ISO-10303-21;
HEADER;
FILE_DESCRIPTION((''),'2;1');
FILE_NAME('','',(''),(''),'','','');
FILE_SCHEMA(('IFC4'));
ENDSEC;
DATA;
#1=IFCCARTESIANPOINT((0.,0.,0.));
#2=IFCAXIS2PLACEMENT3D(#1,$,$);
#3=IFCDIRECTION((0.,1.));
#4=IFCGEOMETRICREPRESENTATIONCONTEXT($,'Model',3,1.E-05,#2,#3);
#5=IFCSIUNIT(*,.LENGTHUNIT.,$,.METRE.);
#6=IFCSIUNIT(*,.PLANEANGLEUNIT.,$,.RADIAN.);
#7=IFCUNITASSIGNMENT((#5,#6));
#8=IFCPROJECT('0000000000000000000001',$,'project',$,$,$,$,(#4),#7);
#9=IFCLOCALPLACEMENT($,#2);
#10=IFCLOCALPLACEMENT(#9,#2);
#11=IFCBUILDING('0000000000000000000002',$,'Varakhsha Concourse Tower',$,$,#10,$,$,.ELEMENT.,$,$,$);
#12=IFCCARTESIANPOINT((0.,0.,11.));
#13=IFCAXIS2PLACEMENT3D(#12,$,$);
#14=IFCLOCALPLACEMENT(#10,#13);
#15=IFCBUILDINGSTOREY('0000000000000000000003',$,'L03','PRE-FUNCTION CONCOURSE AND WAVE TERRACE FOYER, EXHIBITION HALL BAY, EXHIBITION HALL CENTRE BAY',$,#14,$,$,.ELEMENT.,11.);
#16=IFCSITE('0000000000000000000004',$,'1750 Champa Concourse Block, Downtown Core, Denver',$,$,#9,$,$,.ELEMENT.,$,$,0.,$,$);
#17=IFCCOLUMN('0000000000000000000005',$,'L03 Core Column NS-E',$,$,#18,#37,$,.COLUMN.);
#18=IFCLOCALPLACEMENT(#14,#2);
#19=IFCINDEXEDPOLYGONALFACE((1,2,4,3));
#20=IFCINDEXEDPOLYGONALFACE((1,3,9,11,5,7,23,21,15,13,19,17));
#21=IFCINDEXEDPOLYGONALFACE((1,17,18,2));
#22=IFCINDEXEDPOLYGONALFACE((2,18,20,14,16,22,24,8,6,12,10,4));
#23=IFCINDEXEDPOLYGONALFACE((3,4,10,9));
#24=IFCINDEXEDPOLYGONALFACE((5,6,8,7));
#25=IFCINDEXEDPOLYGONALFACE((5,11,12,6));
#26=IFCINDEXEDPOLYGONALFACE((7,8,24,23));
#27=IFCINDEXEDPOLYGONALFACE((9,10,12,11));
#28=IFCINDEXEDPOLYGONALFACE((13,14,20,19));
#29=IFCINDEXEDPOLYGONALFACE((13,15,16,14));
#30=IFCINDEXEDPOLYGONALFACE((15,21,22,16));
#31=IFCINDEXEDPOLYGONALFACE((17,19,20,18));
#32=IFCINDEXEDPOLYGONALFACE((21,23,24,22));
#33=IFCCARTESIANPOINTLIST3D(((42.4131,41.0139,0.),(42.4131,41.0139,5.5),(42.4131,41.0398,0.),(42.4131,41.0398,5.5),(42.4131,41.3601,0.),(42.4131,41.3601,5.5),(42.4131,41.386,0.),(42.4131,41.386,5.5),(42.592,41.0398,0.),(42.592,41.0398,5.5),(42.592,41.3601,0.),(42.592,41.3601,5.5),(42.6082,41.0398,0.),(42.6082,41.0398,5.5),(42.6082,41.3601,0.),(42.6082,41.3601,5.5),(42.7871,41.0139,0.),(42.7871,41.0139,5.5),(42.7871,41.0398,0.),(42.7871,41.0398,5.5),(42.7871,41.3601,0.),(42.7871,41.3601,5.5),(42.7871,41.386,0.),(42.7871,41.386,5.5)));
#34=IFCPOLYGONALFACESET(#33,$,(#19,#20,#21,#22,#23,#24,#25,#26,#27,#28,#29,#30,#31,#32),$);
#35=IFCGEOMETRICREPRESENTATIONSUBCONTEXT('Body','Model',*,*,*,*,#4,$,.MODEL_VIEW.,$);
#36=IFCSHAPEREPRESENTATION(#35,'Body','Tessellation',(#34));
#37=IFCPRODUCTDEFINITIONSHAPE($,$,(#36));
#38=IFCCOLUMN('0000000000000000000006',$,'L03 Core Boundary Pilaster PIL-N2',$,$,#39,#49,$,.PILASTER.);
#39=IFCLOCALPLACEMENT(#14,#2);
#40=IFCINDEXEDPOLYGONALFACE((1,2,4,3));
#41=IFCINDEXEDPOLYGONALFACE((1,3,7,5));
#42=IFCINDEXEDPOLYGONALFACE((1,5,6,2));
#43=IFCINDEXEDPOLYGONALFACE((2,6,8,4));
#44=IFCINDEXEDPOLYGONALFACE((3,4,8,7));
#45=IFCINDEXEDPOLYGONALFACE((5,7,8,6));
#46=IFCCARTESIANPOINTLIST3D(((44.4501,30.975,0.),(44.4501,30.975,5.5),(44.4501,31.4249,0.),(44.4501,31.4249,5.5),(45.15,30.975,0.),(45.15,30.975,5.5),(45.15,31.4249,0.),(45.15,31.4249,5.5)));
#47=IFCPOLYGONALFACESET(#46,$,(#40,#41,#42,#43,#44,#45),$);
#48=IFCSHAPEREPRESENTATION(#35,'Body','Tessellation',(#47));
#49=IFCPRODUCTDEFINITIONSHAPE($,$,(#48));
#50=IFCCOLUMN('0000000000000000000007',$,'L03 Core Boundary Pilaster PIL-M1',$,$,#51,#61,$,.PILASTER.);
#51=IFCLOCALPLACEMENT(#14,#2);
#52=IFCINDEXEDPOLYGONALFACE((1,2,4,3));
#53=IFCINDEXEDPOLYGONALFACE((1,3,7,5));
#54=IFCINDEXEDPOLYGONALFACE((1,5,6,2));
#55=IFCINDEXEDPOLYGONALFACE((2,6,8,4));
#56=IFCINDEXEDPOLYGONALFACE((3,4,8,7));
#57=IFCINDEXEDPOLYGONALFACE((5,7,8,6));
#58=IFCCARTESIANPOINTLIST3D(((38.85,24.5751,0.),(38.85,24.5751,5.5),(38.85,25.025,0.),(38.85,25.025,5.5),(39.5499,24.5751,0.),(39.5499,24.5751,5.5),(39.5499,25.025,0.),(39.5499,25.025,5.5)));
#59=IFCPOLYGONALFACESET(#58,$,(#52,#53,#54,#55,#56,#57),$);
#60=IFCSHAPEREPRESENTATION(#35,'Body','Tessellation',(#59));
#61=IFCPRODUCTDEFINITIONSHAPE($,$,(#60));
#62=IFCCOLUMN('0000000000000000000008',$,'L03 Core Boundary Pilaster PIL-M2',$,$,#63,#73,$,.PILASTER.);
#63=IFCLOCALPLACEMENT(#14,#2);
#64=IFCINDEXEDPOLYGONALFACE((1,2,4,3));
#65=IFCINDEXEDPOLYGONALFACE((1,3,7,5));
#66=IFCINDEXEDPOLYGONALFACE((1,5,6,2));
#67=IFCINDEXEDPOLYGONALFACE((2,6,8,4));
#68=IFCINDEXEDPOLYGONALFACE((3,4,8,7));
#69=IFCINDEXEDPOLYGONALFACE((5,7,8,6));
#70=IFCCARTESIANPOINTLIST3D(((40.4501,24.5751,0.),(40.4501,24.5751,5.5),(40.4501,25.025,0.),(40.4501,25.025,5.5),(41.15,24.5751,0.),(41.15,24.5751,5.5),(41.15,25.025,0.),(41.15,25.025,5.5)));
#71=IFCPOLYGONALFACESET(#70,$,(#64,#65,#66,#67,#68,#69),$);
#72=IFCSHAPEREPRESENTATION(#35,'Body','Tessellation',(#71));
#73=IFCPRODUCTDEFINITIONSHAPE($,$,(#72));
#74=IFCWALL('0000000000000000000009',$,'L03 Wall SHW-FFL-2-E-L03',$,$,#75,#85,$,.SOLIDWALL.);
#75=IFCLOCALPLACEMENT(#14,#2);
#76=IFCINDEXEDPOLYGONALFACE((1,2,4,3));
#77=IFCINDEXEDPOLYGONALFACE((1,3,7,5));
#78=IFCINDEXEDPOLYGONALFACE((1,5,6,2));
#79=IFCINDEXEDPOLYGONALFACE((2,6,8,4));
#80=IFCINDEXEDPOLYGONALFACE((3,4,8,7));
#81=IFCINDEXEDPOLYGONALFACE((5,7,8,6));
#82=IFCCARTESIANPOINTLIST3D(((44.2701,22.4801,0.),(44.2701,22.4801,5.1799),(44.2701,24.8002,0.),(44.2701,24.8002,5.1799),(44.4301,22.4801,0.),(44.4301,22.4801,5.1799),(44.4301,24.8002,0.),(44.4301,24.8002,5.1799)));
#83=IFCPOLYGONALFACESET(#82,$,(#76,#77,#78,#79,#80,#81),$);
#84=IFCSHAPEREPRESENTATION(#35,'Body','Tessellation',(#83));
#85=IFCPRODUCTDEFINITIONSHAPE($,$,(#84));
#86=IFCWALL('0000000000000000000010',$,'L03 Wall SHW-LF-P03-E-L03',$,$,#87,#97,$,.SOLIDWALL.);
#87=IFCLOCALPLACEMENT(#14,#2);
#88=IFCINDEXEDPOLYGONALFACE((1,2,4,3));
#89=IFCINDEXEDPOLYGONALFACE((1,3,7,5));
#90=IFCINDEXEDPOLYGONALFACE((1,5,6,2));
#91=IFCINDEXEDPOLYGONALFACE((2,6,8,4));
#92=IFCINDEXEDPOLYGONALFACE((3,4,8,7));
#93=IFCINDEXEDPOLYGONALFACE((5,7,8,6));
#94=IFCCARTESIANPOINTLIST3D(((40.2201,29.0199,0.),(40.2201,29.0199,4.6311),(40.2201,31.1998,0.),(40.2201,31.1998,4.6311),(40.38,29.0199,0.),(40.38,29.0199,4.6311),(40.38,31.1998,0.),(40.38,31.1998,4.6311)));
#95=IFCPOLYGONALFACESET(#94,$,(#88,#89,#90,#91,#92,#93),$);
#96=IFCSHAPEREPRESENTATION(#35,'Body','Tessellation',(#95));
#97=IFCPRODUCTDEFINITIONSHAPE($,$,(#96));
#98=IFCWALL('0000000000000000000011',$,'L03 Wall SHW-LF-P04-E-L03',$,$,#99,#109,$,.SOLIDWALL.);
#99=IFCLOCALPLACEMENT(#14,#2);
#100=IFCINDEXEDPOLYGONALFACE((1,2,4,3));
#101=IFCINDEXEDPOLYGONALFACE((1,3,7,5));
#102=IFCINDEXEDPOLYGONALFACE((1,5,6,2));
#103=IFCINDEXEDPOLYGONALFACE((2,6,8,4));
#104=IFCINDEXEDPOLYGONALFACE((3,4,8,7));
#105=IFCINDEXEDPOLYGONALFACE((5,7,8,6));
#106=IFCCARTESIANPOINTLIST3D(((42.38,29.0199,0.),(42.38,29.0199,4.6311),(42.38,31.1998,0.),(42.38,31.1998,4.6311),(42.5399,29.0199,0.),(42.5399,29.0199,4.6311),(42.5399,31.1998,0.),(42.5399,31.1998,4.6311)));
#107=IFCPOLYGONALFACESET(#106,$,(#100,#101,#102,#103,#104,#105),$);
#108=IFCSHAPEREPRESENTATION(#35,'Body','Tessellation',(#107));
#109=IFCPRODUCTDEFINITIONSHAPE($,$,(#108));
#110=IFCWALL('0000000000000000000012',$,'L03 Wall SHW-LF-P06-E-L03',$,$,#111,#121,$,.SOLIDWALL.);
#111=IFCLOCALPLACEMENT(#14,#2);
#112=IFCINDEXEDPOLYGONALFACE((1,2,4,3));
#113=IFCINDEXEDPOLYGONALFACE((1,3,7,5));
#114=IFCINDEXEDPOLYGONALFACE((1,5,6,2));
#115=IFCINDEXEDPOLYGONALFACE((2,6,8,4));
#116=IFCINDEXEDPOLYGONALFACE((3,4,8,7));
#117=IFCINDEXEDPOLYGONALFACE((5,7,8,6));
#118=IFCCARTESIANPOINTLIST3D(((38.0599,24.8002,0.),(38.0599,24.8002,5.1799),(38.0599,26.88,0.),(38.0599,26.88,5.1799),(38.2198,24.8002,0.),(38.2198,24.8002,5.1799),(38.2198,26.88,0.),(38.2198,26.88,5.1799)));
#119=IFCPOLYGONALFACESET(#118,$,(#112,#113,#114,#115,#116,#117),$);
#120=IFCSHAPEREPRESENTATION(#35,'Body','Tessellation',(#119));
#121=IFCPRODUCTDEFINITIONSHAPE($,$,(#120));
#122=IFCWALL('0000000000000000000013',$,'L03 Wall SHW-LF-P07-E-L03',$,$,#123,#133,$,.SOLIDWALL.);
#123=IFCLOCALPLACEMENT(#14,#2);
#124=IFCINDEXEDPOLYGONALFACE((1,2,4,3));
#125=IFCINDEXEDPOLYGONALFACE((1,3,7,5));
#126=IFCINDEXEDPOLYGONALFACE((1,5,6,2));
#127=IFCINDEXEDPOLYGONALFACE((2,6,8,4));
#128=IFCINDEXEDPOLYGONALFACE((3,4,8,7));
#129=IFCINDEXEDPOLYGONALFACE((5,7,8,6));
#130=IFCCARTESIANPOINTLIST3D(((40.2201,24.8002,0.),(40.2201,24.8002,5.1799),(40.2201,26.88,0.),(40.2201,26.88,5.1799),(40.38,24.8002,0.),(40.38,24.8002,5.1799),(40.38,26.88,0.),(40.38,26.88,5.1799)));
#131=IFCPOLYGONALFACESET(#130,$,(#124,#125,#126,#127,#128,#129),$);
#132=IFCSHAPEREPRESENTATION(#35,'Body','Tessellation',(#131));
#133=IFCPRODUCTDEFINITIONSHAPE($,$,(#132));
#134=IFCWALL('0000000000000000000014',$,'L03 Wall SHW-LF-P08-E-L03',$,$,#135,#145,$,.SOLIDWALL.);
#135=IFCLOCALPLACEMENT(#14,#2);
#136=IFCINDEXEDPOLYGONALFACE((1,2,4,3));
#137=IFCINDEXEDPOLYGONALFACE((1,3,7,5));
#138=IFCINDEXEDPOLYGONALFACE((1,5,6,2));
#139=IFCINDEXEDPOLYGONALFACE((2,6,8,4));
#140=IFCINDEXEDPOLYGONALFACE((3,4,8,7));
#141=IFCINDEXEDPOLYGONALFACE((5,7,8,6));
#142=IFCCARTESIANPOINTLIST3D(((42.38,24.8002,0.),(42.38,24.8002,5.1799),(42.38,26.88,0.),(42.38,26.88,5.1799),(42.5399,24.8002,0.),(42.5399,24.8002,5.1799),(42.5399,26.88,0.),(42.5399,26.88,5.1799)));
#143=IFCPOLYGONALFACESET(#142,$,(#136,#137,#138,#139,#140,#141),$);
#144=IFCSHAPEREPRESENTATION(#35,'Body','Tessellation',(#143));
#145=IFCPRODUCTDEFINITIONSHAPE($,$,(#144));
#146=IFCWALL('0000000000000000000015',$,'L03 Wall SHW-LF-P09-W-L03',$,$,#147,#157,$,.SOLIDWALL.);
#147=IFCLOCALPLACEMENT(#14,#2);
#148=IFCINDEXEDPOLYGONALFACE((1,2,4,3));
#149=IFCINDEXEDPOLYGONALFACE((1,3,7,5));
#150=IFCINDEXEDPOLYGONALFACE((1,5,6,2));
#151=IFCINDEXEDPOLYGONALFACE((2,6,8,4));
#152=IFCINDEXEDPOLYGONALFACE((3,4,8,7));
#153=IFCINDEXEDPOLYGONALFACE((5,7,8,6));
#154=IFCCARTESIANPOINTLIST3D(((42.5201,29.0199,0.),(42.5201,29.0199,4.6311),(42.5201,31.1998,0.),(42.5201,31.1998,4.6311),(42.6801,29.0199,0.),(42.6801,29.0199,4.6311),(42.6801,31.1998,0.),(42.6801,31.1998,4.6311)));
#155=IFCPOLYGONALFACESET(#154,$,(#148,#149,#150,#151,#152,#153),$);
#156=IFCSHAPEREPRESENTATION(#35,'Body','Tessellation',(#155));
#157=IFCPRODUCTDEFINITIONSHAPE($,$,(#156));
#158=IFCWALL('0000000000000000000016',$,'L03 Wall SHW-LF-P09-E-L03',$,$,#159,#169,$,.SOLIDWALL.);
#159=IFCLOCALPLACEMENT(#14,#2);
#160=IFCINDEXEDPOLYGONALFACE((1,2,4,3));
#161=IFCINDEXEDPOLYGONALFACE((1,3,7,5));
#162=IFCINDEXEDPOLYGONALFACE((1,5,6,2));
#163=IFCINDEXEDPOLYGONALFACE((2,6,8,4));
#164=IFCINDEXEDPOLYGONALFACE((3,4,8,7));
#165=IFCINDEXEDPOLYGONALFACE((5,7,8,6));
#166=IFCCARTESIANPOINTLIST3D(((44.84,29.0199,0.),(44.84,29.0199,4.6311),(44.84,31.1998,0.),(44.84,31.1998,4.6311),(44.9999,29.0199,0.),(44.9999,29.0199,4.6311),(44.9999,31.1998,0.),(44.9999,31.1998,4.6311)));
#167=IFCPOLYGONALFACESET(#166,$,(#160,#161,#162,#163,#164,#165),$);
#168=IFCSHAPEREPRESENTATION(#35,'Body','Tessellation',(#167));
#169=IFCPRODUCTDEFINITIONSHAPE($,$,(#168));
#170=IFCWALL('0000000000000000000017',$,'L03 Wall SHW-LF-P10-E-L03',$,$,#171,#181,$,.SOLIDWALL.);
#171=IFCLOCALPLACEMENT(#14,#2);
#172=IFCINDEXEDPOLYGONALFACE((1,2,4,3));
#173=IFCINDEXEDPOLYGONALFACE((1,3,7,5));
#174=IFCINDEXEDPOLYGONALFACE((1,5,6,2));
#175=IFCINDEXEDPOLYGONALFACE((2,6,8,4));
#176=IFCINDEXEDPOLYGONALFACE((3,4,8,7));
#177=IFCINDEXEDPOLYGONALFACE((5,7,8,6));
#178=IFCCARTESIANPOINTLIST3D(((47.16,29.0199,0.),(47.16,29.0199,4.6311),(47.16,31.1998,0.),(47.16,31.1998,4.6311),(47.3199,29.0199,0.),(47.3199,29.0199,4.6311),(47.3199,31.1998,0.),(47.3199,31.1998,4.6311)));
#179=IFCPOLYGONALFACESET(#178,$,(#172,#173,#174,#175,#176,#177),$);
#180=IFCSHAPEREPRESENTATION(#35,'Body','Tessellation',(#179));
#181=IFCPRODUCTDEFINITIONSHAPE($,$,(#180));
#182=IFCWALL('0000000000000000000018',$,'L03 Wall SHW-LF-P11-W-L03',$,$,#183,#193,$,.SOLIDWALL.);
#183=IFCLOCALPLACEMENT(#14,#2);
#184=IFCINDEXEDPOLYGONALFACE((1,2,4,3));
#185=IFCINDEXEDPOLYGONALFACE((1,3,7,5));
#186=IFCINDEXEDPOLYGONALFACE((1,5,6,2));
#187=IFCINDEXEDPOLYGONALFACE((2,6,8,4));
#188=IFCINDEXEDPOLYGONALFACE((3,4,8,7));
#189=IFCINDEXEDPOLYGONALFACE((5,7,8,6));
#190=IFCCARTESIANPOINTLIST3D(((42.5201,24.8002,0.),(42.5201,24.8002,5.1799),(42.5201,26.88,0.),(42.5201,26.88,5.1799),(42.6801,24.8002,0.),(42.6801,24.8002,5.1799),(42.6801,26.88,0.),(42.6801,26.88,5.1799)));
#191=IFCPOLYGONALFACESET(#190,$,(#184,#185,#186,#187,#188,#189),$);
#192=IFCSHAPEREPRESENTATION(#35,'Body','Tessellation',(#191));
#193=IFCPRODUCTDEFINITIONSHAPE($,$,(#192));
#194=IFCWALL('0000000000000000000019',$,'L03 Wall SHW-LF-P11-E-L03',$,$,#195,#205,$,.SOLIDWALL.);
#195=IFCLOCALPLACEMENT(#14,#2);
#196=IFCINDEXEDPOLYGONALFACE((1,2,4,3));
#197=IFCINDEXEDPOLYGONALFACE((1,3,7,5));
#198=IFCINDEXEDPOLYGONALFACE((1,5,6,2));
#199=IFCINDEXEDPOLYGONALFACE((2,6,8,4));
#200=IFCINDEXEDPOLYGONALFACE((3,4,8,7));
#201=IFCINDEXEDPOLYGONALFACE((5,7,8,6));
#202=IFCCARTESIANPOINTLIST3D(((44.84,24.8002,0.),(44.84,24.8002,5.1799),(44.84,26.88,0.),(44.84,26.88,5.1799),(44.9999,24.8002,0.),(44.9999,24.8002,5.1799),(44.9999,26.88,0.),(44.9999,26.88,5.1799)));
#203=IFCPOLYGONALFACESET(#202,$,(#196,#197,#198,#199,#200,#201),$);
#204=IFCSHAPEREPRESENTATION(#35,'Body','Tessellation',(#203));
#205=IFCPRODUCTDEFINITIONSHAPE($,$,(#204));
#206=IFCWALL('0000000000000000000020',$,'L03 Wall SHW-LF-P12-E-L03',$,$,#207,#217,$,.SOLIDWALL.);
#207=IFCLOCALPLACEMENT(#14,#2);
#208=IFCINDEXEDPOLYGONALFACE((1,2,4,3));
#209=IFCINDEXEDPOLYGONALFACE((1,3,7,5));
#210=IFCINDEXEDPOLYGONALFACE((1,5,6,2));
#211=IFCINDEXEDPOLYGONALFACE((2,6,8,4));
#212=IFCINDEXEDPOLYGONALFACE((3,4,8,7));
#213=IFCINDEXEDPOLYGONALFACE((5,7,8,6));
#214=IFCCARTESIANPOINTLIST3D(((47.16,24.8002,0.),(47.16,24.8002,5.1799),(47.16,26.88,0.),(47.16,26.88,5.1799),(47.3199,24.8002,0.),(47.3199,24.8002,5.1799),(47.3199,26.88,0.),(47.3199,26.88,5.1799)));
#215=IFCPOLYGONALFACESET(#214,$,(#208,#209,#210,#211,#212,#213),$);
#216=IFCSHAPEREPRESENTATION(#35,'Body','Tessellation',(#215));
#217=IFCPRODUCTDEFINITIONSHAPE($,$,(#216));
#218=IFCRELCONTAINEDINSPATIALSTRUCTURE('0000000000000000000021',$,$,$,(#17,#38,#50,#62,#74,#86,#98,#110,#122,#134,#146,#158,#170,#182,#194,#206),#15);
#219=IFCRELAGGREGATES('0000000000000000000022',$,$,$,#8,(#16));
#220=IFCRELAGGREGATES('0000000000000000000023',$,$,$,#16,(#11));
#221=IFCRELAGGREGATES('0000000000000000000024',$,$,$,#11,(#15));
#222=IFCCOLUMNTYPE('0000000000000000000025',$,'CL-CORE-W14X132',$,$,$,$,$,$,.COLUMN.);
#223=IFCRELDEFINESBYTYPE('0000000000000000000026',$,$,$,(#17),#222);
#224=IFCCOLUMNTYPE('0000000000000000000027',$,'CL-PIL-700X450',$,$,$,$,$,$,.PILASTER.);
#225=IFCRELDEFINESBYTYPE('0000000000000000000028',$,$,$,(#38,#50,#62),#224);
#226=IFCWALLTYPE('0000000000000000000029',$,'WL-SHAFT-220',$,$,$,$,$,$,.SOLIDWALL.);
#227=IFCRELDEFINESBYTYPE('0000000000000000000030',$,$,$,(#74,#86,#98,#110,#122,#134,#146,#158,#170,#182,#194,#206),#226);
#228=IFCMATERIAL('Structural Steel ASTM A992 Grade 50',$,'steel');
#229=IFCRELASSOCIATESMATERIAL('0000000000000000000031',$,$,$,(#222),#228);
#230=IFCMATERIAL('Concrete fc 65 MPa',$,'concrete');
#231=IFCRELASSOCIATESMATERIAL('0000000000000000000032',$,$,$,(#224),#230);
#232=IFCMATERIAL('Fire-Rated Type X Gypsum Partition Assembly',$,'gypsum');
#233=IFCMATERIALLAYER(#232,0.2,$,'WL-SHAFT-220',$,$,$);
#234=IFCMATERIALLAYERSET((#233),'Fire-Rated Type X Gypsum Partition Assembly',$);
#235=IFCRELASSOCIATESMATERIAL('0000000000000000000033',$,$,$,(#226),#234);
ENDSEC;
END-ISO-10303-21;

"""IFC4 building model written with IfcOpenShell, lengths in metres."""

from ifc_helpers import new_model, si_unit, direction, frame, frame_2d, origin, origin_2d, place, context, subcontext, project, spatial, rectangle, i_section, extrude, material, layer, layer_set, material_profile, profile_set, type_object, element, save


model = new_model("IFC4")

# Units and contexts
model_context = context("Model", 3, precision=1e-05, world=origin(), true_north=direction((0.0, 1.0)))
body_context = subcontext(model_context, "Body", "Model", "MODEL_VIEW")
ifc_project = project(units=[si_unit("LENGTHUNIT", "METRE"), si_unit("PLANEANGLEUNIT", "RADIAN")], contexts=[model_context])

# Site, building, storey
site_placement = place(None, origin())
site = spatial("IfcSite", under=ifc_project, at=site_placement, Name="1750 Champa Concourse Block, Downtown Core, Denver", CompositionType="ELEMENT", RefElevation=0.0)
building_placement = place(site_placement, origin())
building = spatial("IfcBuilding", under=site, at=building_placement, Name="Varakhsha Concourse Tower", CompositionType="ELEMENT")
storey_placement = place(building_placement, frame((0.0, 0.0, 11.0)))
storey = spatial("IfcBuildingStorey", under=building, at=storey_placement, Name="L03", Description="PRE-FUNCTION CONCOURSE AND WAVE TERRACE FOYER, EXHIBITION HALL BAY, EXHIBITION HALL CENTRE BAY", CompositionType="ELEMENT", Elevation=11.0)

# Columns
ifc_material_1 = material(Name="Structural Steel ASTM A992 Grade 50", Category="steel")
ifc_material_profile_1 = material_profile(ifc_material_1, i_section(OverallWidth=0.374, OverallDepth=0.3721, WebThickness=0.0161, FlangeThickness=0.0259, at=origin_2d()), Name="W14X132")
ifc_profile_set_1 = profile_set([ifc_material_profile_1], Name="Structural Steel ASTM A992 Grade 50")
column_type_1 = type_object("IfcColumnType", Name="CL-CORE-W14X132", PredefinedType="COLUMN", material=ifc_profile_set_1)
column_placement = place(storey_placement, frame((42.6001, 41.2, 0.0), z_axis=(0.0, 0.0, 1.0), x_axis=(1.0, 0.0, 0.0)))
element("IfcColumn", 1, at=column_placement, inside=storey, type_object=column_type_1, Name="L03 Core Column NS-E", PredefinedType="COLUMN", context=body_context, shape_type="SweptSolid", body=[
    extrude(i_section(OverallWidth=0.374, OverallDepth=0.3721, WebThickness=0.0161, FlangeThickness=0.0259, at=origin_2d()), origin(), (0.0, 0.0, 1.0), 5.5),
])
ifc_material_2 = material(Name="Concrete fc 65 MPa", Category="concrete")
ifc_material_profile_2 = material_profile(ifc_material_2, rectangle(XDim=0.7, YDim=0.45, at=origin_2d()), Name="RC 700x450")
ifc_profile_set_2 = profile_set([ifc_material_profile_2], Name="Concrete fc 65 MPa")
column_type_2 = type_object("IfcColumnType", Name="CL-PIL-700X450", PredefinedType="PILASTER", material=ifc_profile_set_2)
for number, where, z_axis, x_axis, name in (
    (2, (44.8, 31.2, 0.0), (0.0, 0.0, 1.0), (1.0, 0.0, 0.0), "L03 Core Boundary Pilaster PIL-N2"),
    (3, (39.2, 24.8, 0.0), (0.0, 0.0, 1.0), (1.0, 0.0, 0.0), "L03 Core Boundary Pilaster PIL-M1"),
    (4, (40.8, 24.8, 0.0), (0.0, 0.0, 1.0), (1.0, 0.0, 0.0), "L03 Core Boundary Pilaster PIL-M2"),
):
    element("IfcColumn", number, at=place(storey_placement, frame(where, z_axis=z_axis, x_axis=x_axis)), inside=storey, type_object=column_type_2, Name=name, PredefinedType="PILASTER", context=body_context, shape_type="SweptSolid", body=[
        extrude(rectangle(XDim=0.7, YDim=0.45, at=origin_2d()), origin(), (0.0, 0.0, 1.0), 5.5),
    ])

# Walls
ifc_material_3 = material(Name="Fire-Rated Type X Gypsum Partition Assembly", Category="gypsum")
ifc_layer_1 = layer(ifc_material_3, 0.2, Name="WL-SHAFT-220")
ifc_layer_set_1 = layer_set([ifc_layer_1], Name="Fire-Rated Type X Gypsum Partition Assembly")
wall_type_1 = type_object("IfcWallType", Name="WL-SHAFT-220", PredefinedType="SOLIDWALL", material=ifc_layer_set_1)
wall_1_placement = place(storey_placement, frame((44.3501, 22.48, 0.0), z_axis=(0.0, 0.0, 1.0), x_axis=(0.0, 1.0, 0.0)))
element("IfcWall", 5, at=wall_1_placement, inside=storey, type_object=wall_type_1, Name="L03 Wall SHW-FFL-2-E-L03", PredefinedType="SOLIDWALL", context=body_context, shape_type="SweptSolid", body=[
    extrude(rectangle(XDim=2.3201, YDim=0.1599, at=frame_2d((1.1602, 0.0))), origin(), (0.0, 0.0, 1.0), 5.1799),
])
for number, where, z_axis, x_axis, name in (
    (6, (40.3, 29.02, 0.0), (0.0, 0.0, 1.0), (0.0, 1.0, 0.0), "L03 Wall SHW-LF-P03-E-L03"),
    (7, (42.46, 29.02, 0.0), (0.0, 0.0, 1.0), (0.0, 1.0, 0.0), "L03 Wall SHW-LF-P04-E-L03"),
):
    element("IfcWall", number, at=place(storey_placement, frame(where, z_axis=z_axis, x_axis=x_axis)), inside=storey, type_object=wall_type_1, Name=name, PredefinedType="SOLIDWALL", context=body_context, shape_type="SweptSolid", body=[
        extrude(rectangle(XDim=2.1799, YDim=0.1599, at=frame_2d((1.0898, 0.0))), origin(), (0.0, 0.0, 1.0), 4.6311),
    ])
for number, where, z_axis, x_axis, name in (
    (8, (38.1399, 24.8, 0.0), (0.0, 0.0, 1.0), (0.0, 1.0, 0.0), "L03 Wall SHW-LF-P06-E-L03"),
    (9, (40.3, 24.8, 0.0), (0.0, 0.0, 1.0), (0.0, 1.0, 0.0), "L03 Wall SHW-LF-P07-E-L03"),
    (10, (42.46, 24.8, 0.0), (0.0, 0.0, 1.0), (0.0, 1.0, 0.0), "L03 Wall SHW-LF-P08-E-L03"),
):
    element("IfcWall", number, at=place(storey_placement, frame(where, z_axis=z_axis, x_axis=x_axis)), inside=storey, type_object=wall_type_1, Name=name, PredefinedType="SOLIDWALL", context=body_context, shape_type="SweptSolid", body=[
        extrude(rectangle(XDim=2.0798, YDim=0.1599, at=frame_2d((1.04, 0.0))), origin(), (0.0, 0.0, 1.0), 5.1799),
    ])
for number, where, z_axis, x_axis, name in (
    (11, (42.6001, 29.02, 0.0), (0.0, 0.0, 1.0), (0.0, 1.0, 0.0), "L03 Wall SHW-LF-P09-W-L03"),
    (12, (44.9199, 29.02, 0.0), (0.0, 0.0, 1.0), (0.0, 1.0, 0.0), "L03 Wall SHW-LF-P09-E-L03"),
    (13, (47.24, 29.02, 0.0), (0.0, 0.0, 1.0), (0.0, 1.0, 0.0), "L03 Wall SHW-LF-P10-E-L03"),
):
    element("IfcWall", number, at=place(storey_placement, frame(where, z_axis=z_axis, x_axis=x_axis)), inside=storey, type_object=wall_type_1, Name=name, PredefinedType="SOLIDWALL", context=body_context, shape_type="SweptSolid", body=[
        extrude(rectangle(XDim=2.1799, YDim=0.1599, at=frame_2d((1.0898, 0.0))), origin(), (0.0, 0.0, 1.0), 4.6311),
    ])
for number, where, z_axis, x_axis, name in (
    (14, (42.6001, 24.8, 0.0), (0.0, 0.0, 1.0), (0.0, 1.0, 0.0), "L03 Wall SHW-LF-P11-W-L03"),
    (15, (44.9199, 24.8, 0.0), (0.0, 0.0, 1.0), (0.0, 1.0, 0.0), "L03 Wall SHW-LF-P11-E-L03"),
    (16, (47.24, 24.8, 0.0), (0.0, 0.0, 1.0), (0.0, 1.0, 0.0), "L03 Wall SHW-LF-P12-E-L03"),
):
    element("IfcWall", number, at=place(storey_placement, frame(where, z_axis=z_axis, x_axis=x_axis)), inside=storey, type_object=wall_type_1, Name=name, PredefinedType="SOLIDWALL", context=body_context, shape_type="SweptSolid", body=[
        extrude(rectangle(XDim=2.0798, YDim=0.1599, at=frame_2d((1.04, 0.0))), origin(), (0.0, 0.0, 1.0), 5.1799),
    ])

save(model, "model.ifc")
